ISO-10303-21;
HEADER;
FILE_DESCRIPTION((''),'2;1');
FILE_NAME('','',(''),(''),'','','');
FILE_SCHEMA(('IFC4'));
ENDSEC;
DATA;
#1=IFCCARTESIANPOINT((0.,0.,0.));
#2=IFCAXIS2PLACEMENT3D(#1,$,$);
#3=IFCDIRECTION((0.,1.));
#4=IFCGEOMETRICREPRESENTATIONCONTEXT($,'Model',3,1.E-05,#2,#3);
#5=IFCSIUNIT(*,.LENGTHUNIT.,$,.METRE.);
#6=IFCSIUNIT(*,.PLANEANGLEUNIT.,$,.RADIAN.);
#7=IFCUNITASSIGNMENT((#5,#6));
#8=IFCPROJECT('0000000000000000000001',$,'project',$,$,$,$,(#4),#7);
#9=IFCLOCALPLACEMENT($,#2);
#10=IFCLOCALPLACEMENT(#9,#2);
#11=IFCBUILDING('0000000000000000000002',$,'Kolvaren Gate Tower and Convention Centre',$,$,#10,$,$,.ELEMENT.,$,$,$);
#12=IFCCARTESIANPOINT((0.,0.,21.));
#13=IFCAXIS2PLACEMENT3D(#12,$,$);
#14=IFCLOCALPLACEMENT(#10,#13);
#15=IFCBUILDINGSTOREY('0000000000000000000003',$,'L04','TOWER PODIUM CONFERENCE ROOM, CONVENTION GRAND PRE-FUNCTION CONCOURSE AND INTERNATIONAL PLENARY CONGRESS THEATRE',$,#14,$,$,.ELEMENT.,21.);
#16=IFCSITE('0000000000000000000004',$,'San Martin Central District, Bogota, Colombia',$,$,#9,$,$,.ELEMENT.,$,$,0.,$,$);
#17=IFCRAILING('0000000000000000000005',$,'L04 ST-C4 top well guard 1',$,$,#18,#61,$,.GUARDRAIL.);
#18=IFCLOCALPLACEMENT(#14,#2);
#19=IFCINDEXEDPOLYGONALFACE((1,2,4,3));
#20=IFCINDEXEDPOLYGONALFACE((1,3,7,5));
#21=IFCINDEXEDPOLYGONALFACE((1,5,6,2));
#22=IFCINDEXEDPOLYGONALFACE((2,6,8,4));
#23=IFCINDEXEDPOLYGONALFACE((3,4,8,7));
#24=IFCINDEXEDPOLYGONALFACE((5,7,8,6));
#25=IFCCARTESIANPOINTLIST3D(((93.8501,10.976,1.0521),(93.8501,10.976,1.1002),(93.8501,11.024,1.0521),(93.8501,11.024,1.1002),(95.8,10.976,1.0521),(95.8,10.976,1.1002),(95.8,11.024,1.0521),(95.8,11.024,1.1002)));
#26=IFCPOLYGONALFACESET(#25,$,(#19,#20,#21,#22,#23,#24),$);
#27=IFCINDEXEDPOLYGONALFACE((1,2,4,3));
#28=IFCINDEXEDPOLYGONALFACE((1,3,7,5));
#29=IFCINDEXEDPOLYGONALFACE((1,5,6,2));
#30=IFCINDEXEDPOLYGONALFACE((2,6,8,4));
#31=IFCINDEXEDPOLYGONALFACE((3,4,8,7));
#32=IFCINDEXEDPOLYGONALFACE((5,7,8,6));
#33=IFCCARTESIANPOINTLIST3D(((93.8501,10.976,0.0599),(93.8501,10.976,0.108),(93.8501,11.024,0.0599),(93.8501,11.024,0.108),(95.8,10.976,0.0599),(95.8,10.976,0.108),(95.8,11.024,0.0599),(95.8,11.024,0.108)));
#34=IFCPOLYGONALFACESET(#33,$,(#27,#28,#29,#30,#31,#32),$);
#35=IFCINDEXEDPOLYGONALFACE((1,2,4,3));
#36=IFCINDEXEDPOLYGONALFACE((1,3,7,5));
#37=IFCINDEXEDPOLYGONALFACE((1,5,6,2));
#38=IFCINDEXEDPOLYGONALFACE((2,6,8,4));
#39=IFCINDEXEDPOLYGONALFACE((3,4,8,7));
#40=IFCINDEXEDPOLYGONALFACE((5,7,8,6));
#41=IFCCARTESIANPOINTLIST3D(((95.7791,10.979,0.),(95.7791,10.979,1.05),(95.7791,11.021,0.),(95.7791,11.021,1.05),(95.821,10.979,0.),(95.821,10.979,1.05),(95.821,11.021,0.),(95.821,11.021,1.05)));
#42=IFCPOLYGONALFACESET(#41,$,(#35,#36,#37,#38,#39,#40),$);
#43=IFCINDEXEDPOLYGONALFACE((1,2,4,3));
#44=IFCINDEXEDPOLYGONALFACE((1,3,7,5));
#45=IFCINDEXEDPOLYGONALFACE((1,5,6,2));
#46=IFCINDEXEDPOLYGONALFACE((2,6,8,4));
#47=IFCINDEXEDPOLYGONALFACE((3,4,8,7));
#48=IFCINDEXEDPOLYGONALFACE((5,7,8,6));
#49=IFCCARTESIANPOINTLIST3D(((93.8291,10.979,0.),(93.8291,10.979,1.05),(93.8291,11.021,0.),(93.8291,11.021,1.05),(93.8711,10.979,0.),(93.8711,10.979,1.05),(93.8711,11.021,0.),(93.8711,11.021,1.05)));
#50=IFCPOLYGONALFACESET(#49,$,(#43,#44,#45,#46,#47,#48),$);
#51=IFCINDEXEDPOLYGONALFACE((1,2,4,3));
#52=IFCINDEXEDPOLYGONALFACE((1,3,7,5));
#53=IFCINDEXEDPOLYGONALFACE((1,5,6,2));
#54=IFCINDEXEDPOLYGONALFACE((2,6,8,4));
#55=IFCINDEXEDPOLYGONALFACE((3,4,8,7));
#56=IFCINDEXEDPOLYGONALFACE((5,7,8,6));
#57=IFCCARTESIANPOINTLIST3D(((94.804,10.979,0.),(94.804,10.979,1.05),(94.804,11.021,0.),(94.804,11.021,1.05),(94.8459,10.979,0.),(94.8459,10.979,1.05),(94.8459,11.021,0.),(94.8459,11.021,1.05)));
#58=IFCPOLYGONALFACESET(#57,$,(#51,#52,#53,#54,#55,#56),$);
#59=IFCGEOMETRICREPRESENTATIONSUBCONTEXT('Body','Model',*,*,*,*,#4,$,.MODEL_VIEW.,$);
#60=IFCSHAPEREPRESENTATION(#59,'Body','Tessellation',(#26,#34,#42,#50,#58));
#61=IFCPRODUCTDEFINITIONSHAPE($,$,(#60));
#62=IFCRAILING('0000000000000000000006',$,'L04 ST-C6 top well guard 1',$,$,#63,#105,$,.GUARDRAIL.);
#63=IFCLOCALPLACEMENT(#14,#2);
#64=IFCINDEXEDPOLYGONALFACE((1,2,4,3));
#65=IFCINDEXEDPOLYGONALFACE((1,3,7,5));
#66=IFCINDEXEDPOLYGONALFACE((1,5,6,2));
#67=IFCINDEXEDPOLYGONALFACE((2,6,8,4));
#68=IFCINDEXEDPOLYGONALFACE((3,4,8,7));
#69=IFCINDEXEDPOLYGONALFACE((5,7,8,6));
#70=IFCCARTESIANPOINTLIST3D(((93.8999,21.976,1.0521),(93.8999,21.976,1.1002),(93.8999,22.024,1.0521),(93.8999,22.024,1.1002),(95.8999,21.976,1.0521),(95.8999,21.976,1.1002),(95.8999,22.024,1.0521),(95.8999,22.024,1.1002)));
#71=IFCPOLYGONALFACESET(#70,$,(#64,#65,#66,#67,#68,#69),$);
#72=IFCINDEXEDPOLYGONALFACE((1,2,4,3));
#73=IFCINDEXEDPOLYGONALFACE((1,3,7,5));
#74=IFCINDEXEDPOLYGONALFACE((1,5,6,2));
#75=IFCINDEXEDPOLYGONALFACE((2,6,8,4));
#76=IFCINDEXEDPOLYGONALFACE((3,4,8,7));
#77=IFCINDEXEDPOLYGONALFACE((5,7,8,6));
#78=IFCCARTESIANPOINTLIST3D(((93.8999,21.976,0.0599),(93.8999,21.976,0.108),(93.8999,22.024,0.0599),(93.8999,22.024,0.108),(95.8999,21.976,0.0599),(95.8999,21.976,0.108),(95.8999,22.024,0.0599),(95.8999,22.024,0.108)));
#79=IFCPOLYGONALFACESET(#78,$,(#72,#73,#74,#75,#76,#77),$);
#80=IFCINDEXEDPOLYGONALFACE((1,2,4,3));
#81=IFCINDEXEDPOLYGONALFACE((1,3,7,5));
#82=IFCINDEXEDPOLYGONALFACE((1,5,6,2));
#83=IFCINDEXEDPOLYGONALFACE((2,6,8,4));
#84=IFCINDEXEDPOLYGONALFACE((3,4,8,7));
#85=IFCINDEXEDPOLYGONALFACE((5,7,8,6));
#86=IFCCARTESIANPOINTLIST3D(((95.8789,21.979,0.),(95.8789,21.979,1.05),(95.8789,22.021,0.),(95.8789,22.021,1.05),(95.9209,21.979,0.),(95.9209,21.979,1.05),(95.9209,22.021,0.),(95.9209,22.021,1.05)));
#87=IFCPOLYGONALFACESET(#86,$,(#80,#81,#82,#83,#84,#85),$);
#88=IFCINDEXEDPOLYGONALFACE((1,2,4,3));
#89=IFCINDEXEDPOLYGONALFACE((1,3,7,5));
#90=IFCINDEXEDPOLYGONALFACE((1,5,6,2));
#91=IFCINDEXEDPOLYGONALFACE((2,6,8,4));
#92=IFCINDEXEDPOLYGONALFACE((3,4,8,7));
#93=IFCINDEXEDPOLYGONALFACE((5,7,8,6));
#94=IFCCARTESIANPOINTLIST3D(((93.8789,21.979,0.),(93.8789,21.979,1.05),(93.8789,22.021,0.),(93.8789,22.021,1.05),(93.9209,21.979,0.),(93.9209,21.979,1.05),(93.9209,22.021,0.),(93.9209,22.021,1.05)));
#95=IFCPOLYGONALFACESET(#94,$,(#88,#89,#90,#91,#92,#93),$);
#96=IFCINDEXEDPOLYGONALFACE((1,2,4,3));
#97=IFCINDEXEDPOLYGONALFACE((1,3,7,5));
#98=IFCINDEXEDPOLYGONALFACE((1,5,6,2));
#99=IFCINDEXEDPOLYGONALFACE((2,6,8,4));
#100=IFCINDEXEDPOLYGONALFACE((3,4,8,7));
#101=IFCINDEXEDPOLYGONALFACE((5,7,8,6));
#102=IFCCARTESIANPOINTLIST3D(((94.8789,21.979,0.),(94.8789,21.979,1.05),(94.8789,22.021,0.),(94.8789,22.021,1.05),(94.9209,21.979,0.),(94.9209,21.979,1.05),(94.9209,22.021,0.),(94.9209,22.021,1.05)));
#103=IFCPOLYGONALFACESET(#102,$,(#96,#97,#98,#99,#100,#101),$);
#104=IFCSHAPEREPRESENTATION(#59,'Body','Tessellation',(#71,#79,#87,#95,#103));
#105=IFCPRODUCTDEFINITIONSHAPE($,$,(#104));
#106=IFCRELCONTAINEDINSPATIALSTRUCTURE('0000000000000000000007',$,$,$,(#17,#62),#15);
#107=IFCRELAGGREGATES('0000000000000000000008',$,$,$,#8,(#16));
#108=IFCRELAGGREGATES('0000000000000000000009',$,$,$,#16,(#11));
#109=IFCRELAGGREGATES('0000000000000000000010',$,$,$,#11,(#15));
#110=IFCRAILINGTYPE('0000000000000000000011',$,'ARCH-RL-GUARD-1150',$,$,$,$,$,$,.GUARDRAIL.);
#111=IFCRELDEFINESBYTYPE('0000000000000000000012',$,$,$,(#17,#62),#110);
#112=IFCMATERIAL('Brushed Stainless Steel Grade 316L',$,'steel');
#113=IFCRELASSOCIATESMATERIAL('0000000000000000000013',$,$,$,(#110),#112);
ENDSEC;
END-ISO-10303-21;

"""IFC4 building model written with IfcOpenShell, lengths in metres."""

from ifc_helpers import new_model, si_unit, direction, frame, origin, origin_2d, place, context, subcontext, project, spatial, rectangle, extrude, material, type_object, element, save


model = new_model("IFC4")

# Units and contexts
model_context = context("Model", 3, precision=1e-05, world=origin(), true_north=direction((0.0, 1.0)))
body_context = subcontext(model_context, "Body", "Model", "MODEL_VIEW")
ifc_project = project(units=[si_unit("LENGTHUNIT", "METRE"), si_unit("PLANEANGLEUNIT", "RADIAN")], contexts=[model_context])

# Site, building, storey
site_placement = place(None, origin())
site = spatial("IfcSite", under=ifc_project, at=site_placement, Name="San Martin Central District, Bogota, Colombia", CompositionType="ELEMENT", RefElevation=0.0)
building_placement = place(site_placement, origin())
building = spatial("IfcBuilding", under=site, at=building_placement, Name="Kolvaren Gate Tower and Convention Centre", CompositionType="ELEMENT")
storey_placement = place(building_placement, frame((0.0, 0.0, 21.0)))
storey = spatial("IfcBuildingStorey", under=building, at=storey_placement, Name="L04", Description="TOWER PODIUM CONFERENCE ROOM, CONVENTION GRAND PRE-FUNCTION CONCOURSE AND INTERNATIONAL PLENARY CONGRESS THEATRE", CompositionType="ELEMENT", Elevation=21.0)

# Railings
ifc_material_1 = material(Name="Brushed Stainless Steel Grade 316L", Category="steel")
railing_type = type_object("IfcRailingType", Name="ARCH-RL-GUARD-1150", PredefinedType="GUARDRAIL", material=ifc_material_1)
railing_1_placement = place(storey_placement, frame((95.8, 11.0, 0.0)))
element("IfcRailing", 1, at=railing_1_placement, inside=storey, type_object=railing_type, Name="L04 ST-C4 top well guard 1", PredefinedType="GUARDRAIL", context=body_context, shape_type="SweptSolid", body=[
    extrude(rectangle(XDim=0.0481, YDim=0.0481, at=origin_2d()), frame((0.0, 0.0, 1.0762), z_axis=(-1.0, 0.0, 0.0), x_axis=(0.0, -1.0, 0.0)), (0.0, 0.0, 1.0), 1.95),
    extrude(rectangle(XDim=0.0481, YDim=0.0481, at=origin_2d()), frame((0.0, 0.0, 0.084), z_axis=(-1.0, 0.0, 0.0), x_axis=(0.0, -1.0, 0.0)), (0.0, 0.0, 1.0), 1.95),
    extrude(rectangle(XDim=0.042, YDim=0.042, at=origin_2d()), origin(), (0.0, 0.0, 1.0), 1.05),
    extrude(rectangle(XDim=0.042, YDim=0.042, at=origin_2d()), frame((-1.95, 0.0, 0.0)), (0.0, 0.0, 1.0), 1.05),
    extrude(rectangle(XDim=0.042, YDim=0.042, at=origin_2d()), frame((-0.9751, 0.0, 0.0)), (0.0, 0.0, 1.0), 1.05),
])
railing_2_placement = place(storey_placement, frame((95.8999, 22.0, 0.0)))
element("IfcRailing", 2, at=railing_2_placement, inside=storey, type_object=railing_type, Name="L04 ST-C6 top well guard 1", PredefinedType="GUARDRAIL", context=body_context, shape_type="SweptSolid", body=[
    extrude(rectangle(XDim=0.0481, YDim=0.0481, at=origin_2d()), frame((0.0, 0.0, 1.0762), z_axis=(-1.0, 0.0, 0.0), x_axis=(0.0, -1.0, 0.0)), (0.0, 0.0, 1.0), 2.0),
    extrude(rectangle(XDim=0.0481, YDim=0.0481, at=origin_2d()), frame((0.0, 0.0, 0.084), z_axis=(-1.0, 0.0, 0.0), x_axis=(0.0, -1.0, 0.0)), (0.0, 0.0, 1.0), 2.0),
    extrude(rectangle(XDim=0.042, YDim=0.042, at=origin_2d()), origin(), (0.0, 0.0, 1.0), 1.05),
    extrude(rectangle(XDim=0.042, YDim=0.042, at=origin_2d()), frame((-2.0, 0.0, 0.0)), (0.0, 0.0, 1.0), 1.05),
    extrude(rectangle(XDim=0.042, YDim=0.042, at=origin_2d()), frame((-1.0, 0.0, 0.0)), (0.0, 0.0, 1.0), 1.05),
])

save(model, "model.ifc")
